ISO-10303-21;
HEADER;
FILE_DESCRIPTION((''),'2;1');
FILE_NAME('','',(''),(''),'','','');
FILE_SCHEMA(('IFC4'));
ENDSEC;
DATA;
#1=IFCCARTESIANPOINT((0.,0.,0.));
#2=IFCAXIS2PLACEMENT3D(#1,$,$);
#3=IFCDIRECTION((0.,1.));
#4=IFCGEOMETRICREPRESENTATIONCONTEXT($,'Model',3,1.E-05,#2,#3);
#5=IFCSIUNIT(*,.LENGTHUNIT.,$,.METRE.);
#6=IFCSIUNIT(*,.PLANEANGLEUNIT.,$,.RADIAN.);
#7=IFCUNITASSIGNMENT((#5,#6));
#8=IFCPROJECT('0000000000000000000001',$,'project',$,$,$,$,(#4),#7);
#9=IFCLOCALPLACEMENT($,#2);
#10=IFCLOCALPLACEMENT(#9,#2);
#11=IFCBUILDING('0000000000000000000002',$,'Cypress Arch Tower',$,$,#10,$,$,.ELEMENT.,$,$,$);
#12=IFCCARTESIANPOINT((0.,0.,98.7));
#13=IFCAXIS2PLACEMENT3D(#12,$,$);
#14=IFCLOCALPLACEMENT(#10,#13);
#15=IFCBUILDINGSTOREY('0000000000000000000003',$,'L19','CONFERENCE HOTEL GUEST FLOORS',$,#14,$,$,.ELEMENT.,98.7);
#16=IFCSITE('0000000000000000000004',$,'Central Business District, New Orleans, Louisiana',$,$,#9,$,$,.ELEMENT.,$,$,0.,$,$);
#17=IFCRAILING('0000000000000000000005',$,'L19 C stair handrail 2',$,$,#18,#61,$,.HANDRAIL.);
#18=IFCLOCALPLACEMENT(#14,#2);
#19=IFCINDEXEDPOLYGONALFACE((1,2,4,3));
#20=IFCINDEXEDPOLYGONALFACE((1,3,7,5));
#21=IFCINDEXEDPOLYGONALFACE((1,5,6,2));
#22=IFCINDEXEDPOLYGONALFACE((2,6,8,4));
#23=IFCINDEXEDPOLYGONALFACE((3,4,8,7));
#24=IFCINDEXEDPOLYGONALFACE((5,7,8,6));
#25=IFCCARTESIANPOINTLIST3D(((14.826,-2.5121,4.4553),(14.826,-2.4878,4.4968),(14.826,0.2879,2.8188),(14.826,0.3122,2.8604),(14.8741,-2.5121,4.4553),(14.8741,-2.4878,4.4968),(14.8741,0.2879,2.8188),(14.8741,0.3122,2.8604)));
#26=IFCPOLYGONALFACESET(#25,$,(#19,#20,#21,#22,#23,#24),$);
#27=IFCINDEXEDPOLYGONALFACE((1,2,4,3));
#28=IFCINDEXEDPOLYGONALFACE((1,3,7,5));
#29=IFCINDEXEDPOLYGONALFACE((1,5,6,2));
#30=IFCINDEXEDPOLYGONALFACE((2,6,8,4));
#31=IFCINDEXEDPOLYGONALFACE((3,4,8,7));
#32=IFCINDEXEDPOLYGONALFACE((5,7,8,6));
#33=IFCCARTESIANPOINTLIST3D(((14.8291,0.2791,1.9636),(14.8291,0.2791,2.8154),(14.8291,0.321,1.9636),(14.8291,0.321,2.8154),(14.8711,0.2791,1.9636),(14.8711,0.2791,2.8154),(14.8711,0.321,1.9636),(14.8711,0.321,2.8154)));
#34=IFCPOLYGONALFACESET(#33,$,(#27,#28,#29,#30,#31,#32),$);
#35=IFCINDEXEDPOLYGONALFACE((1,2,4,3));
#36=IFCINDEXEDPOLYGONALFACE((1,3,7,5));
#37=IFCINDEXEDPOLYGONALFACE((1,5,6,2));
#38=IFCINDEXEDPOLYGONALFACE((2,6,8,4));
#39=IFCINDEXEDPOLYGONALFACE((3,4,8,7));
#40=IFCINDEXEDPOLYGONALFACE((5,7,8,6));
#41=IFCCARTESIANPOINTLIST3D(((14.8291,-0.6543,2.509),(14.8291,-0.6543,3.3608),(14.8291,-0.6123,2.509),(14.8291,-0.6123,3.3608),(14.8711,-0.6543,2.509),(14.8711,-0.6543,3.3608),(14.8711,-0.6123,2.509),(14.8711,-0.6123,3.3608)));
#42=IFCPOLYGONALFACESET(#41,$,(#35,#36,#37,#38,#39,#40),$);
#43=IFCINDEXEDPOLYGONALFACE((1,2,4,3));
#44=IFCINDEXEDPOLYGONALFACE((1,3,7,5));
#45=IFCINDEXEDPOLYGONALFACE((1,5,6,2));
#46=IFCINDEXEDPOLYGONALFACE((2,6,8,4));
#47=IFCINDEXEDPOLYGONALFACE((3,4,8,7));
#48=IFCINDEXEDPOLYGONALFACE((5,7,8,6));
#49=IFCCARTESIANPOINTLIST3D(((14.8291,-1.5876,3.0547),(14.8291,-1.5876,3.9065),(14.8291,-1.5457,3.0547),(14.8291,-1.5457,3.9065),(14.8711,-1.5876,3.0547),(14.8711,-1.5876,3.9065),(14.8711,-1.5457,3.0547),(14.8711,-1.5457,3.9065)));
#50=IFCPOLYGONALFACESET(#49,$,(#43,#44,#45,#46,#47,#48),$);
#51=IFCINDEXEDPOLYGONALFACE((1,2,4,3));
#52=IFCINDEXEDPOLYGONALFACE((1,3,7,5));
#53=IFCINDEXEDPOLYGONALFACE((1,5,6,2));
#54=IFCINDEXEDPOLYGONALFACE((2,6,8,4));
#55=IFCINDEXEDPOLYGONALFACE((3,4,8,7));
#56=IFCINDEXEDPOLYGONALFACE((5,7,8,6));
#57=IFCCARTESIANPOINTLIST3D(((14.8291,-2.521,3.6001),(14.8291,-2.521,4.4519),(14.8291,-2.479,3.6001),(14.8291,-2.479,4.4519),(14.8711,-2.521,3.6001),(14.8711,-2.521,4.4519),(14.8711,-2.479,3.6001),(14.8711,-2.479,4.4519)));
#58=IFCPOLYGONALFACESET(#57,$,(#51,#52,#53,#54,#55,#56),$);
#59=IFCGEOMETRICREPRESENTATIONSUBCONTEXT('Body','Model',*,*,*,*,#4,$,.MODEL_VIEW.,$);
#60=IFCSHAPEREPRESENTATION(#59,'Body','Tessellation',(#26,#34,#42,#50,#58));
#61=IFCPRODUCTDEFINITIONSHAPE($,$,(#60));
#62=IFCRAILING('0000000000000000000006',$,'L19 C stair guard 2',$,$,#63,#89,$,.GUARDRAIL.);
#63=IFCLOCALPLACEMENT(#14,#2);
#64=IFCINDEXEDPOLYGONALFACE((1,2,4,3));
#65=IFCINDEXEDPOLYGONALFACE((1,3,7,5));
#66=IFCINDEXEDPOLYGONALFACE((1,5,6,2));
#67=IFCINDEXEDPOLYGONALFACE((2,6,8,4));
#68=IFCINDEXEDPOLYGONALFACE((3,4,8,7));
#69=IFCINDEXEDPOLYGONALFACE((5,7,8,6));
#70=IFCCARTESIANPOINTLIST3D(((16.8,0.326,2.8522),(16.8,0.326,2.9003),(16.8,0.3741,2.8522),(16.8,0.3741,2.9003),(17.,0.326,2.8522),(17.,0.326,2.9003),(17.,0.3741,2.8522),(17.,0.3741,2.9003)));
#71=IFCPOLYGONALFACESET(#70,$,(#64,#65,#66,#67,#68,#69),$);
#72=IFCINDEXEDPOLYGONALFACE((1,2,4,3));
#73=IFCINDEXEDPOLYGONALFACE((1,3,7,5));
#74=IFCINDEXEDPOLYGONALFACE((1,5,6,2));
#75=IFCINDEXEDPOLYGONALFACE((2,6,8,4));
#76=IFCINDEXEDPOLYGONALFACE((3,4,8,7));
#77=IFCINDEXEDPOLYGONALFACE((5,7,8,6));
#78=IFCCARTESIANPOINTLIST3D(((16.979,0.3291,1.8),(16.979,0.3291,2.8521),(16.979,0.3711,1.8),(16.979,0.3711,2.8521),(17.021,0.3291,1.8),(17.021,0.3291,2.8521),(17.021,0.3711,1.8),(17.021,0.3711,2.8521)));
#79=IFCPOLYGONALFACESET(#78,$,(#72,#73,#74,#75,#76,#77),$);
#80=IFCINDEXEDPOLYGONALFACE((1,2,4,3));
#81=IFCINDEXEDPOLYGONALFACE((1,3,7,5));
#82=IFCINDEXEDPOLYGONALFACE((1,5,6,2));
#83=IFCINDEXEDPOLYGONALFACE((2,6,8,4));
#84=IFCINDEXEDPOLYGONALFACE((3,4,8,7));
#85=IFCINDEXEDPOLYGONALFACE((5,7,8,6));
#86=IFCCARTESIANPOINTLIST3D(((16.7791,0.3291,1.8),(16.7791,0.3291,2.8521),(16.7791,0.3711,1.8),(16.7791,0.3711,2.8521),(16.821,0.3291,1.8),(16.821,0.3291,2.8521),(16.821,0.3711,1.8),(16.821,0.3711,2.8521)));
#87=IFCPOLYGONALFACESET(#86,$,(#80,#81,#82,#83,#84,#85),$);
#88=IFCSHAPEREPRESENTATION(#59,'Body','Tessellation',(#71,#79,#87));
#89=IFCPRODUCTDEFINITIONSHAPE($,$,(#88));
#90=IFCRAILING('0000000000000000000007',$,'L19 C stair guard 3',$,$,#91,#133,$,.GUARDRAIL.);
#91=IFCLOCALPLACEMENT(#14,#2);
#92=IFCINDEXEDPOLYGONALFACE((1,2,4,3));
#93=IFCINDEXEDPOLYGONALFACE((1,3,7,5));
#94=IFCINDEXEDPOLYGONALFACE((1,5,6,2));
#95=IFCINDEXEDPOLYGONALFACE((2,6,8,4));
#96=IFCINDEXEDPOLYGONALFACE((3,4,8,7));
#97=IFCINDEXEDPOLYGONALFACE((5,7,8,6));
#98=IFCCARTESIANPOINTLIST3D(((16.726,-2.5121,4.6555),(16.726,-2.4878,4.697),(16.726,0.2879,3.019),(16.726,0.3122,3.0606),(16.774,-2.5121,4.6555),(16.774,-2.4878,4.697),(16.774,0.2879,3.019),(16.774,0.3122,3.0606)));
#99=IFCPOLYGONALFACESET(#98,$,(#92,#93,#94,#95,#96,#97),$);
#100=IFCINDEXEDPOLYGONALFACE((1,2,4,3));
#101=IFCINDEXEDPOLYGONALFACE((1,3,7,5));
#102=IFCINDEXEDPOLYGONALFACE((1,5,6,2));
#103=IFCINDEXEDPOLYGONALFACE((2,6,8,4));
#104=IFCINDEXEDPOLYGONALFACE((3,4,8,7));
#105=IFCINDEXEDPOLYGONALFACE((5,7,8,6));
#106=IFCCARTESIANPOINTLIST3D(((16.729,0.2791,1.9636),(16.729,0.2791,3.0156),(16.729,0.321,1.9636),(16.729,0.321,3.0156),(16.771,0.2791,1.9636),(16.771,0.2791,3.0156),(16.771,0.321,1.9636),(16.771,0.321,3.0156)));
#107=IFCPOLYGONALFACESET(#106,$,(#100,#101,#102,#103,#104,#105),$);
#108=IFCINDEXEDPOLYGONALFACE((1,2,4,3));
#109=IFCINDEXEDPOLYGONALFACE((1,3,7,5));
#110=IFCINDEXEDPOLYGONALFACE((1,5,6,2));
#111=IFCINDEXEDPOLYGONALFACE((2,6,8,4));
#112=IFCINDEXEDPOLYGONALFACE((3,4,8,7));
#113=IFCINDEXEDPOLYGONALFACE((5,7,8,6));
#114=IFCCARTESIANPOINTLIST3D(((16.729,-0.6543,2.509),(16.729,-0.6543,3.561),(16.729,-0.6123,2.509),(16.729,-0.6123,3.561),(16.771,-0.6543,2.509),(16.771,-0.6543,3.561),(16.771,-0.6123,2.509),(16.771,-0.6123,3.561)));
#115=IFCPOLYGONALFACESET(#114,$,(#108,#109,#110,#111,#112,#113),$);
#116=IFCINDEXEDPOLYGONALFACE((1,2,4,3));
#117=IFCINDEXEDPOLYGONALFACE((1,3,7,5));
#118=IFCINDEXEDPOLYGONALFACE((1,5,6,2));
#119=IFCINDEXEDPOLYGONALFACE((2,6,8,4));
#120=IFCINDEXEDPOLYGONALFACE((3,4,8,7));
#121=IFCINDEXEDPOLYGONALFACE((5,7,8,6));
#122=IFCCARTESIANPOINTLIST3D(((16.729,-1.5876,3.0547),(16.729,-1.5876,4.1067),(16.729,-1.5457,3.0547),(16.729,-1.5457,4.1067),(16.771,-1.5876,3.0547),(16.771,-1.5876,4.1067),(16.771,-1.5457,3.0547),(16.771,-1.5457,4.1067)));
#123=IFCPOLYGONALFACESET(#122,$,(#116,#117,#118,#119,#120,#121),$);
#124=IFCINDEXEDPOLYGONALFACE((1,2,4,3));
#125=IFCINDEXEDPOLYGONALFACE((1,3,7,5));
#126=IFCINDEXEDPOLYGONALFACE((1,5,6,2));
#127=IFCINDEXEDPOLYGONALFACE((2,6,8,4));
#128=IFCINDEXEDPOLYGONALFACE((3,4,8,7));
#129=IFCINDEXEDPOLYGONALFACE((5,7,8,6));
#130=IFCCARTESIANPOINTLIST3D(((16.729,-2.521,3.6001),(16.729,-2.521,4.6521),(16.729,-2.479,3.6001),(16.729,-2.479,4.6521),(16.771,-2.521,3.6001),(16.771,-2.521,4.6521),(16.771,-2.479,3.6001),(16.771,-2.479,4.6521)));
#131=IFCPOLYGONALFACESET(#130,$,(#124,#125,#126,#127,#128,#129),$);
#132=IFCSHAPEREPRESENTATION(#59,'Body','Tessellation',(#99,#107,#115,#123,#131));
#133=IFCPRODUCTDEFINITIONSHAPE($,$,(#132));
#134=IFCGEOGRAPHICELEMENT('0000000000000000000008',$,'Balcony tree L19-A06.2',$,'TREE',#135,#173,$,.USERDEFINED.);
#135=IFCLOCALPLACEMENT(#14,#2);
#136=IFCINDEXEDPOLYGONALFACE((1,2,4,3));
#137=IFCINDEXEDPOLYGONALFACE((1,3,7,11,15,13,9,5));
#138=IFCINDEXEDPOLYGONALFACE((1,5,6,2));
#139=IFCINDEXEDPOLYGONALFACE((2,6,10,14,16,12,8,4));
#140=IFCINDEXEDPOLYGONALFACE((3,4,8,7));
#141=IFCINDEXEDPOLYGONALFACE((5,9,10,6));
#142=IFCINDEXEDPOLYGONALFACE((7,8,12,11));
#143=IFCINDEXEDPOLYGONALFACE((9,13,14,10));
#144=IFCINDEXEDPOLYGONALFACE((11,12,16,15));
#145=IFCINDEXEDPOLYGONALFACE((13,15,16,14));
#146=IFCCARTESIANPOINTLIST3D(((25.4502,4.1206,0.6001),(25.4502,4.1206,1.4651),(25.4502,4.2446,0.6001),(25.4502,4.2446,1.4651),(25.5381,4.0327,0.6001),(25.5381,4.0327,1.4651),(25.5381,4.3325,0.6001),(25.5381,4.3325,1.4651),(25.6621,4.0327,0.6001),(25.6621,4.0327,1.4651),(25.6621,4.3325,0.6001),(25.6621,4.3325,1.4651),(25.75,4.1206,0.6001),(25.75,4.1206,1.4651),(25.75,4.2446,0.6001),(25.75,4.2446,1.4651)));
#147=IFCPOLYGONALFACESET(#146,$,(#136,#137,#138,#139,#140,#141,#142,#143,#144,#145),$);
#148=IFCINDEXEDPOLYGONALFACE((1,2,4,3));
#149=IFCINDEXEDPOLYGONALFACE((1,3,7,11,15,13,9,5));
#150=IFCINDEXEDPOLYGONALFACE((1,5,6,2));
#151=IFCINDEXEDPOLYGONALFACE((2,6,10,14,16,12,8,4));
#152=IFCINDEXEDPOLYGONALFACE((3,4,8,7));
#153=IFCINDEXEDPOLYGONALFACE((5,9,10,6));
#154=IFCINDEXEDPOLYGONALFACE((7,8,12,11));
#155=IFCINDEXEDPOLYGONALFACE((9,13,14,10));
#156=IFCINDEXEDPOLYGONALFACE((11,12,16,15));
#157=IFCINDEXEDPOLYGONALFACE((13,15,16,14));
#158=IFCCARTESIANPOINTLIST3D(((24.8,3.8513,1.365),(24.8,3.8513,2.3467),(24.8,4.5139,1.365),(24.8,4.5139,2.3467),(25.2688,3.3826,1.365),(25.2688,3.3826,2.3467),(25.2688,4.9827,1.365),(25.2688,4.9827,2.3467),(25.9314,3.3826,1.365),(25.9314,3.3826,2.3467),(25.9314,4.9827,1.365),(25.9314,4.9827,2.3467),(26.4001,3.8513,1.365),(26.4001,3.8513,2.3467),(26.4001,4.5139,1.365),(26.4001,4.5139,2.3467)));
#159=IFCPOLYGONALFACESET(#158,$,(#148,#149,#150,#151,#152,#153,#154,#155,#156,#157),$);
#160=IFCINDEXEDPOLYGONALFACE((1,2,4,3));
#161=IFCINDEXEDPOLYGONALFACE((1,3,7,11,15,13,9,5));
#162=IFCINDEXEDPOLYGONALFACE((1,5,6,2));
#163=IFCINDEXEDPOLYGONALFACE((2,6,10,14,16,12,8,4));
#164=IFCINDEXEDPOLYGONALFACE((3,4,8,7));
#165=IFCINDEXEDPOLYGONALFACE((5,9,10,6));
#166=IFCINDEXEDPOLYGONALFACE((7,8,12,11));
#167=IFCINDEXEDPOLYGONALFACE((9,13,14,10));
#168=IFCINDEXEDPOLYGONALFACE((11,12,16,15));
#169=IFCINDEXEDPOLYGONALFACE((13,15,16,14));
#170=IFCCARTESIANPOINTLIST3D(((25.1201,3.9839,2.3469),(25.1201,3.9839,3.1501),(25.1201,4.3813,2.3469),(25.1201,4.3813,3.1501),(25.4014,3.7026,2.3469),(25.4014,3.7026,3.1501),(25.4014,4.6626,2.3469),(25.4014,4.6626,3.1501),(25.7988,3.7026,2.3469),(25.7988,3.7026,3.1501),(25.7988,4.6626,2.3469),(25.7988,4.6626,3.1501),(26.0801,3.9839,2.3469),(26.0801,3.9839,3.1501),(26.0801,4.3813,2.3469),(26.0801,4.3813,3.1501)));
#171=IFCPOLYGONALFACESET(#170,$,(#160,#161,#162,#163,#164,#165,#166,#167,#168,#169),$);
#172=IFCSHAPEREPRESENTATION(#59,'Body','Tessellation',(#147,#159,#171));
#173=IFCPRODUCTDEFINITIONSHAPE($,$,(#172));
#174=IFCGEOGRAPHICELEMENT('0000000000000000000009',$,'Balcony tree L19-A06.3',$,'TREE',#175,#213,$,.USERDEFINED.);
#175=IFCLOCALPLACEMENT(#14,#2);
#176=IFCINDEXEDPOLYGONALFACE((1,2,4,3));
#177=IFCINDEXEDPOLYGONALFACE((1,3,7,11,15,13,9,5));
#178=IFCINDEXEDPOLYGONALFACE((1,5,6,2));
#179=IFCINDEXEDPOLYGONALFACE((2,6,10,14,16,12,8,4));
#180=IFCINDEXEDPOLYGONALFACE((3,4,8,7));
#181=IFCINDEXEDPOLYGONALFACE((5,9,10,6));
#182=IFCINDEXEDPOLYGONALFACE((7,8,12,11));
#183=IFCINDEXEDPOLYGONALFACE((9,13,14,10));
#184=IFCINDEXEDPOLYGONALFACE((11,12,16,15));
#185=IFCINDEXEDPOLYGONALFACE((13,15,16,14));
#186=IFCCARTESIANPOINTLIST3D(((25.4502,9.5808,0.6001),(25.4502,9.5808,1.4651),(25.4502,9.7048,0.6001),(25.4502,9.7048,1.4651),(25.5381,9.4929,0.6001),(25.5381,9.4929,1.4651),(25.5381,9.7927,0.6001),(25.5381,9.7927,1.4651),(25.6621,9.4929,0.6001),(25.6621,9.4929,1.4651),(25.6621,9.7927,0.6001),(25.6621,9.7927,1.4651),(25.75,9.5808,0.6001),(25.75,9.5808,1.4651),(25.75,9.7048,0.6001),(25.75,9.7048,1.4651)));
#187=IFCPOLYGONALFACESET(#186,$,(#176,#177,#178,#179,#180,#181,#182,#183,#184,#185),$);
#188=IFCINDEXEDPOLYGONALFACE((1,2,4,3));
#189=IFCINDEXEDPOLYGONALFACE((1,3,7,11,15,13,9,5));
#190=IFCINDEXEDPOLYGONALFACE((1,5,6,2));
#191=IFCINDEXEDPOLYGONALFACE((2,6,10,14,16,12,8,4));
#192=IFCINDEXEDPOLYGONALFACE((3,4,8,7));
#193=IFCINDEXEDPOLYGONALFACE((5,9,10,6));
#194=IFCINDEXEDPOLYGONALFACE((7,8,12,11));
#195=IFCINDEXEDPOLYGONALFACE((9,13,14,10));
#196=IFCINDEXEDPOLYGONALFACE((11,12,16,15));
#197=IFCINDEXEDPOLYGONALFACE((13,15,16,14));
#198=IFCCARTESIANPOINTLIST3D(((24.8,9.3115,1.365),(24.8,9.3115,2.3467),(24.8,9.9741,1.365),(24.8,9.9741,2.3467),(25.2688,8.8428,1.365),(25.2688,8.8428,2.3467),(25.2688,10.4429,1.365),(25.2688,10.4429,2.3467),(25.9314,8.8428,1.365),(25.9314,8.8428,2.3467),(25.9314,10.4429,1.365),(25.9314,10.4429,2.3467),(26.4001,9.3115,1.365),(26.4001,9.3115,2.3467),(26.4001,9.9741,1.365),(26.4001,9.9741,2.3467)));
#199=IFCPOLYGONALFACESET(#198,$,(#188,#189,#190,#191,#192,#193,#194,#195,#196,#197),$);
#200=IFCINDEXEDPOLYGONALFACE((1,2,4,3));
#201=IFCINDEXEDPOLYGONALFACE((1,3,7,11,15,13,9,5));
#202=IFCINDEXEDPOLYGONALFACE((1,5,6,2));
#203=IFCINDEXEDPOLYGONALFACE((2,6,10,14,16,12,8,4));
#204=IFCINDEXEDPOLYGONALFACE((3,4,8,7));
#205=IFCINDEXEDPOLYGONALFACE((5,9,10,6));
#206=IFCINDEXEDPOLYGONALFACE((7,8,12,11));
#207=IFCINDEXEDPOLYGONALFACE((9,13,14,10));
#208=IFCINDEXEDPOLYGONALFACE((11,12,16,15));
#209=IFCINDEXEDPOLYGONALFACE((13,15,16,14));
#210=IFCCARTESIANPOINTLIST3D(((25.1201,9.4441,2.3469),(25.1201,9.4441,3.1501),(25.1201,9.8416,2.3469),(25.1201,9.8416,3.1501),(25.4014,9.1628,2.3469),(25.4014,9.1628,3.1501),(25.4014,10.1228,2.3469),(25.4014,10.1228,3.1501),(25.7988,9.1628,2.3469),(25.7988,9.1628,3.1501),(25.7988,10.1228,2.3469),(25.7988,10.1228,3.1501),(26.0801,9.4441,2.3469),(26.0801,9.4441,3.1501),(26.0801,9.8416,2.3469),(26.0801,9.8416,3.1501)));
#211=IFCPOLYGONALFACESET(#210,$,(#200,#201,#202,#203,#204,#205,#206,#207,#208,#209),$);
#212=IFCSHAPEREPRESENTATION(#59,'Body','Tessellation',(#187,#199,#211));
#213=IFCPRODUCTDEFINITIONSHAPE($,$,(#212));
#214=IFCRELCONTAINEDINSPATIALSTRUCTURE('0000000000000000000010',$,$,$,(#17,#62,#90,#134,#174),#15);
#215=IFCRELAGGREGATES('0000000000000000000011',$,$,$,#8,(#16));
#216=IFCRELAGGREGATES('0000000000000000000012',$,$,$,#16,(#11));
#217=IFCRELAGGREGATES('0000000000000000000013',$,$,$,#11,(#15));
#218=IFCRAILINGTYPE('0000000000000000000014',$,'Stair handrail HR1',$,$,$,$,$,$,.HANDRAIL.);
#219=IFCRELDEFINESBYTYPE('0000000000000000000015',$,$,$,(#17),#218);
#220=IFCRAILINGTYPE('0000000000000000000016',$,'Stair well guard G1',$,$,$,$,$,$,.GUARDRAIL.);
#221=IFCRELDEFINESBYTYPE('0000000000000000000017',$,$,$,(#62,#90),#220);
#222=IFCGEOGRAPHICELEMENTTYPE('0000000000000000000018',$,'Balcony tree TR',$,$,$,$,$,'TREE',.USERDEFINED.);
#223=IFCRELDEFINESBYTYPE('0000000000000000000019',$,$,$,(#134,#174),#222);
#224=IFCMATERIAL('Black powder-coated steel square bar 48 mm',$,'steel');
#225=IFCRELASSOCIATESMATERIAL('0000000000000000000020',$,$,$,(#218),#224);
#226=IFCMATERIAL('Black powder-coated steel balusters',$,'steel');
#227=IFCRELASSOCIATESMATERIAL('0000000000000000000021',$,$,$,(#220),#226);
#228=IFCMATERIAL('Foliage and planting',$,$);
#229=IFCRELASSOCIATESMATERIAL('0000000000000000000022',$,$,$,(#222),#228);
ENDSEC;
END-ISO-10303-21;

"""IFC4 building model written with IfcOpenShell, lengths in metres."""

from ifc_helpers import new_model, si_unit, direction, frame, origin, origin_2d, place, context, subcontext, project, spatial, polyline, rectangle, outline, extrude, material, type_object, element, save


model = new_model("IFC4")

# Units and contexts
model_context = context("Model", 3, precision=1e-05, world=origin(), true_north=direction((0.0, 1.0)))
body_context = subcontext(model_context, "Body", "Model", "MODEL_VIEW")
ifc_project = project(units=[si_unit("LENGTHUNIT", "METRE"), si_unit("PLANEANGLEUNIT", "RADIAN")], contexts=[model_context])

# Site, building, storey
site_placement = place(None, origin())
site = spatial("IfcSite", under=ifc_project, at=site_placement, Name="Central Business District, New Orleans, Louisiana", CompositionType="ELEMENT", RefElevation=0.0)
building_placement = place(site_placement, origin())
building = spatial("IfcBuilding", under=site, at=building_placement, Name="Cypress Arch Tower", CompositionType="ELEMENT")
storey_placement = place(building_placement, frame((0.0, 0.0, 98.7)))
storey = spatial("IfcBuildingStorey", under=building, at=storey_placement, Name="L19", Description="CONFERENCE HOTEL GUEST FLOORS", CompositionType="ELEMENT", Elevation=98.7)

# Railings
ifc_material_1 = material(Name="Black powder-coated steel square bar 48 mm", Category="steel")
railing_type_1 = type_object("IfcRailingType", Name="Stair handrail HR1", PredefinedType="HANDRAIL", material=ifc_material_1)
railing_1_placement = place(storey_placement, frame((14.8501, 0.3, 1.9636)))
element("IfcRailing", 1, at=railing_1_placement, inside=storey, type_object=railing_type_1, Name="L19 C stair handrail 2", PredefinedType="HANDRAIL", context=body_context, shape_type="SweptSolid", body=[
    extrude(rectangle(XDim=0.0481, YDim=0.0481, at=origin_2d()), frame((0.0, 0.0, 0.876), z_axis=(0.0, -0.863361, 0.504587), x_axis=(1.0, 0.0, 0.0)), (0.0, 0.0, 1.0), 3.2432),
    extrude(rectangle(XDim=0.042, YDim=0.042, at=origin_2d()), origin(), (0.0, 0.0, 1.0), 0.8518),
    extrude(rectangle(XDim=0.042, YDim=0.042, at=origin_2d()), frame((0.0, -0.9333, 0.5454)), (0.0, 0.0, 1.0), 0.8518),
    extrude(rectangle(XDim=0.042, YDim=0.042, at=origin_2d()), frame((0.0, -1.8667, 1.0911)), (0.0, 0.0, 1.0), 0.8518),
    extrude(rectangle(XDim=0.042, YDim=0.042, at=origin_2d()), frame((0.0, -2.8, 1.6365)), (0.0, 0.0, 1.0), 0.8518),
])
ifc_material_2 = material(Name="Black powder-coated steel balusters", Category="steel")
railing_type_2 = type_object("IfcRailingType", Name="Stair well guard G1", PredefinedType="GUARDRAIL", material=ifc_material_2)
railing_2_placement = place(storey_placement, frame((17.0, 0.3501, 1.8)))
element("IfcRailing", 2, at=railing_2_placement, inside=storey, type_object=railing_type_2, Name="L19 C stair guard 2", PredefinedType="GUARDRAIL", context=body_context, shape_type="SweptSolid", body=[
    extrude(rectangle(XDim=0.0481, YDim=0.0481, at=origin_2d()), frame((0.0, 0.0, 1.0762), z_axis=(-1.0, 0.0, 0.0), x_axis=(0.0, -1.0, 0.0)), (0.0, 0.0, 1.0), 0.2),
    extrude(rectangle(XDim=0.042, YDim=0.042, at=origin_2d()), origin(), (0.0, 0.0, 1.0), 1.052),
    extrude(rectangle(XDim=0.042, YDim=0.042, at=origin_2d()), frame((-0.2, 0.0, 0.0)), (0.0, 0.0, 1.0), 1.052),
])
railing_3_placement = place(storey_placement, frame((16.75, 0.3, 1.9636)))
element("IfcRailing", 3, at=railing_3_placement, inside=storey, type_object=railing_type_2, Name="L19 C stair guard 3", PredefinedType="GUARDRAIL", context=body_context, shape_type="SweptSolid", body=[
    extrude(rectangle(XDim=0.0481, YDim=0.0481, at=origin_2d()), frame((0.0, 0.0, 1.0762), z_axis=(0.0, -0.863361, 0.504587), x_axis=(1.0, 0.0, 0.0)), (0.0, 0.0, 1.0), 3.2432),
    extrude(rectangle(XDim=0.042, YDim=0.042, at=origin_2d()), origin(), (0.0, 0.0, 1.0), 1.052),
    extrude(rectangle(XDim=0.042, YDim=0.042, at=origin_2d()), frame((0.0, -0.9333, 0.5454)), (0.0, 0.0, 1.0), 1.052),
    extrude(rectangle(XDim=0.042, YDim=0.042, at=origin_2d()), frame((0.0, -1.8667, 1.0911)), (0.0, 0.0, 1.0), 1.052),
    extrude(rectangle(XDim=0.042, YDim=0.042, at=origin_2d()), frame((0.0, -2.8, 1.6365)), (0.0, 0.0, 1.0), 1.052),
])

# Geographic elements
ifc_material_3 = material(Name="Foliage and planting")
geographic_element_type = type_object("IfcGeographicElementType", Name="Balcony tree TR", ElementType="TREE", PredefinedType="USERDEFINED", material=ifc_material_3)
for number, where, z_axis, x_axis, name in (
    (4, (25.6001, 4.1826, 0.6001), (0.0, 0.0, 1.0), (1.0, 0.0, 0.0), "Balcony tree L19-A06.2"),
    (5, (25.6001, 9.6428, 0.6001), (0.0, 0.0, 1.0), (1.0, 0.0, 0.0), "Balcony tree L19-A06.3"),
):
    element("IfcGeographicElement", number, at=place(storey_placement, frame(where, z_axis=z_axis, x_axis=x_axis)), inside=storey, type_object=geographic_element_type, Name=name, ObjectType="TREE", PredefinedType="USERDEFINED", context=body_context, shape_type="SweptSolid", body=[
        extrude(outline(polyline([(0.1499, 0.062), (0.062, 0.1499), (-0.062, 0.1499), (-0.1499, 0.062), (-0.1499, -0.062), (-0.062, -0.1499), (0.062, -0.1499), (0.1499, -0.062), (0.1499, 0.062)])), origin(), (0.0, 0.0, 1.0), 0.865),
        extrude(outline(polyline([(0.8, 0.3313), (0.3313, 0.8), (-0.3313, 0.8), (-0.8, 0.3313), (-0.8, -0.3313), (-0.3313, -0.8), (0.3313, -0.8), (0.8, -0.3313), (0.8, 0.3313)])), frame((0.0, 0.0, 0.7649)), (0.0, 0.0, 1.0), 0.9817),
        extrude(outline(polyline([(0.48, 0.1987), (0.1987, 0.48), (-0.1987, 0.48), (-0.48, 0.1987), (-0.48, -0.1987), (-0.1987, -0.48), (0.1987, -0.48), (0.48, -0.1987), (0.48, 0.1987)])), frame((0.0, 0.0, 1.7468)), (0.0, 0.0, 1.0), 0.8032),
    ])

save(model, "model.ifc")
